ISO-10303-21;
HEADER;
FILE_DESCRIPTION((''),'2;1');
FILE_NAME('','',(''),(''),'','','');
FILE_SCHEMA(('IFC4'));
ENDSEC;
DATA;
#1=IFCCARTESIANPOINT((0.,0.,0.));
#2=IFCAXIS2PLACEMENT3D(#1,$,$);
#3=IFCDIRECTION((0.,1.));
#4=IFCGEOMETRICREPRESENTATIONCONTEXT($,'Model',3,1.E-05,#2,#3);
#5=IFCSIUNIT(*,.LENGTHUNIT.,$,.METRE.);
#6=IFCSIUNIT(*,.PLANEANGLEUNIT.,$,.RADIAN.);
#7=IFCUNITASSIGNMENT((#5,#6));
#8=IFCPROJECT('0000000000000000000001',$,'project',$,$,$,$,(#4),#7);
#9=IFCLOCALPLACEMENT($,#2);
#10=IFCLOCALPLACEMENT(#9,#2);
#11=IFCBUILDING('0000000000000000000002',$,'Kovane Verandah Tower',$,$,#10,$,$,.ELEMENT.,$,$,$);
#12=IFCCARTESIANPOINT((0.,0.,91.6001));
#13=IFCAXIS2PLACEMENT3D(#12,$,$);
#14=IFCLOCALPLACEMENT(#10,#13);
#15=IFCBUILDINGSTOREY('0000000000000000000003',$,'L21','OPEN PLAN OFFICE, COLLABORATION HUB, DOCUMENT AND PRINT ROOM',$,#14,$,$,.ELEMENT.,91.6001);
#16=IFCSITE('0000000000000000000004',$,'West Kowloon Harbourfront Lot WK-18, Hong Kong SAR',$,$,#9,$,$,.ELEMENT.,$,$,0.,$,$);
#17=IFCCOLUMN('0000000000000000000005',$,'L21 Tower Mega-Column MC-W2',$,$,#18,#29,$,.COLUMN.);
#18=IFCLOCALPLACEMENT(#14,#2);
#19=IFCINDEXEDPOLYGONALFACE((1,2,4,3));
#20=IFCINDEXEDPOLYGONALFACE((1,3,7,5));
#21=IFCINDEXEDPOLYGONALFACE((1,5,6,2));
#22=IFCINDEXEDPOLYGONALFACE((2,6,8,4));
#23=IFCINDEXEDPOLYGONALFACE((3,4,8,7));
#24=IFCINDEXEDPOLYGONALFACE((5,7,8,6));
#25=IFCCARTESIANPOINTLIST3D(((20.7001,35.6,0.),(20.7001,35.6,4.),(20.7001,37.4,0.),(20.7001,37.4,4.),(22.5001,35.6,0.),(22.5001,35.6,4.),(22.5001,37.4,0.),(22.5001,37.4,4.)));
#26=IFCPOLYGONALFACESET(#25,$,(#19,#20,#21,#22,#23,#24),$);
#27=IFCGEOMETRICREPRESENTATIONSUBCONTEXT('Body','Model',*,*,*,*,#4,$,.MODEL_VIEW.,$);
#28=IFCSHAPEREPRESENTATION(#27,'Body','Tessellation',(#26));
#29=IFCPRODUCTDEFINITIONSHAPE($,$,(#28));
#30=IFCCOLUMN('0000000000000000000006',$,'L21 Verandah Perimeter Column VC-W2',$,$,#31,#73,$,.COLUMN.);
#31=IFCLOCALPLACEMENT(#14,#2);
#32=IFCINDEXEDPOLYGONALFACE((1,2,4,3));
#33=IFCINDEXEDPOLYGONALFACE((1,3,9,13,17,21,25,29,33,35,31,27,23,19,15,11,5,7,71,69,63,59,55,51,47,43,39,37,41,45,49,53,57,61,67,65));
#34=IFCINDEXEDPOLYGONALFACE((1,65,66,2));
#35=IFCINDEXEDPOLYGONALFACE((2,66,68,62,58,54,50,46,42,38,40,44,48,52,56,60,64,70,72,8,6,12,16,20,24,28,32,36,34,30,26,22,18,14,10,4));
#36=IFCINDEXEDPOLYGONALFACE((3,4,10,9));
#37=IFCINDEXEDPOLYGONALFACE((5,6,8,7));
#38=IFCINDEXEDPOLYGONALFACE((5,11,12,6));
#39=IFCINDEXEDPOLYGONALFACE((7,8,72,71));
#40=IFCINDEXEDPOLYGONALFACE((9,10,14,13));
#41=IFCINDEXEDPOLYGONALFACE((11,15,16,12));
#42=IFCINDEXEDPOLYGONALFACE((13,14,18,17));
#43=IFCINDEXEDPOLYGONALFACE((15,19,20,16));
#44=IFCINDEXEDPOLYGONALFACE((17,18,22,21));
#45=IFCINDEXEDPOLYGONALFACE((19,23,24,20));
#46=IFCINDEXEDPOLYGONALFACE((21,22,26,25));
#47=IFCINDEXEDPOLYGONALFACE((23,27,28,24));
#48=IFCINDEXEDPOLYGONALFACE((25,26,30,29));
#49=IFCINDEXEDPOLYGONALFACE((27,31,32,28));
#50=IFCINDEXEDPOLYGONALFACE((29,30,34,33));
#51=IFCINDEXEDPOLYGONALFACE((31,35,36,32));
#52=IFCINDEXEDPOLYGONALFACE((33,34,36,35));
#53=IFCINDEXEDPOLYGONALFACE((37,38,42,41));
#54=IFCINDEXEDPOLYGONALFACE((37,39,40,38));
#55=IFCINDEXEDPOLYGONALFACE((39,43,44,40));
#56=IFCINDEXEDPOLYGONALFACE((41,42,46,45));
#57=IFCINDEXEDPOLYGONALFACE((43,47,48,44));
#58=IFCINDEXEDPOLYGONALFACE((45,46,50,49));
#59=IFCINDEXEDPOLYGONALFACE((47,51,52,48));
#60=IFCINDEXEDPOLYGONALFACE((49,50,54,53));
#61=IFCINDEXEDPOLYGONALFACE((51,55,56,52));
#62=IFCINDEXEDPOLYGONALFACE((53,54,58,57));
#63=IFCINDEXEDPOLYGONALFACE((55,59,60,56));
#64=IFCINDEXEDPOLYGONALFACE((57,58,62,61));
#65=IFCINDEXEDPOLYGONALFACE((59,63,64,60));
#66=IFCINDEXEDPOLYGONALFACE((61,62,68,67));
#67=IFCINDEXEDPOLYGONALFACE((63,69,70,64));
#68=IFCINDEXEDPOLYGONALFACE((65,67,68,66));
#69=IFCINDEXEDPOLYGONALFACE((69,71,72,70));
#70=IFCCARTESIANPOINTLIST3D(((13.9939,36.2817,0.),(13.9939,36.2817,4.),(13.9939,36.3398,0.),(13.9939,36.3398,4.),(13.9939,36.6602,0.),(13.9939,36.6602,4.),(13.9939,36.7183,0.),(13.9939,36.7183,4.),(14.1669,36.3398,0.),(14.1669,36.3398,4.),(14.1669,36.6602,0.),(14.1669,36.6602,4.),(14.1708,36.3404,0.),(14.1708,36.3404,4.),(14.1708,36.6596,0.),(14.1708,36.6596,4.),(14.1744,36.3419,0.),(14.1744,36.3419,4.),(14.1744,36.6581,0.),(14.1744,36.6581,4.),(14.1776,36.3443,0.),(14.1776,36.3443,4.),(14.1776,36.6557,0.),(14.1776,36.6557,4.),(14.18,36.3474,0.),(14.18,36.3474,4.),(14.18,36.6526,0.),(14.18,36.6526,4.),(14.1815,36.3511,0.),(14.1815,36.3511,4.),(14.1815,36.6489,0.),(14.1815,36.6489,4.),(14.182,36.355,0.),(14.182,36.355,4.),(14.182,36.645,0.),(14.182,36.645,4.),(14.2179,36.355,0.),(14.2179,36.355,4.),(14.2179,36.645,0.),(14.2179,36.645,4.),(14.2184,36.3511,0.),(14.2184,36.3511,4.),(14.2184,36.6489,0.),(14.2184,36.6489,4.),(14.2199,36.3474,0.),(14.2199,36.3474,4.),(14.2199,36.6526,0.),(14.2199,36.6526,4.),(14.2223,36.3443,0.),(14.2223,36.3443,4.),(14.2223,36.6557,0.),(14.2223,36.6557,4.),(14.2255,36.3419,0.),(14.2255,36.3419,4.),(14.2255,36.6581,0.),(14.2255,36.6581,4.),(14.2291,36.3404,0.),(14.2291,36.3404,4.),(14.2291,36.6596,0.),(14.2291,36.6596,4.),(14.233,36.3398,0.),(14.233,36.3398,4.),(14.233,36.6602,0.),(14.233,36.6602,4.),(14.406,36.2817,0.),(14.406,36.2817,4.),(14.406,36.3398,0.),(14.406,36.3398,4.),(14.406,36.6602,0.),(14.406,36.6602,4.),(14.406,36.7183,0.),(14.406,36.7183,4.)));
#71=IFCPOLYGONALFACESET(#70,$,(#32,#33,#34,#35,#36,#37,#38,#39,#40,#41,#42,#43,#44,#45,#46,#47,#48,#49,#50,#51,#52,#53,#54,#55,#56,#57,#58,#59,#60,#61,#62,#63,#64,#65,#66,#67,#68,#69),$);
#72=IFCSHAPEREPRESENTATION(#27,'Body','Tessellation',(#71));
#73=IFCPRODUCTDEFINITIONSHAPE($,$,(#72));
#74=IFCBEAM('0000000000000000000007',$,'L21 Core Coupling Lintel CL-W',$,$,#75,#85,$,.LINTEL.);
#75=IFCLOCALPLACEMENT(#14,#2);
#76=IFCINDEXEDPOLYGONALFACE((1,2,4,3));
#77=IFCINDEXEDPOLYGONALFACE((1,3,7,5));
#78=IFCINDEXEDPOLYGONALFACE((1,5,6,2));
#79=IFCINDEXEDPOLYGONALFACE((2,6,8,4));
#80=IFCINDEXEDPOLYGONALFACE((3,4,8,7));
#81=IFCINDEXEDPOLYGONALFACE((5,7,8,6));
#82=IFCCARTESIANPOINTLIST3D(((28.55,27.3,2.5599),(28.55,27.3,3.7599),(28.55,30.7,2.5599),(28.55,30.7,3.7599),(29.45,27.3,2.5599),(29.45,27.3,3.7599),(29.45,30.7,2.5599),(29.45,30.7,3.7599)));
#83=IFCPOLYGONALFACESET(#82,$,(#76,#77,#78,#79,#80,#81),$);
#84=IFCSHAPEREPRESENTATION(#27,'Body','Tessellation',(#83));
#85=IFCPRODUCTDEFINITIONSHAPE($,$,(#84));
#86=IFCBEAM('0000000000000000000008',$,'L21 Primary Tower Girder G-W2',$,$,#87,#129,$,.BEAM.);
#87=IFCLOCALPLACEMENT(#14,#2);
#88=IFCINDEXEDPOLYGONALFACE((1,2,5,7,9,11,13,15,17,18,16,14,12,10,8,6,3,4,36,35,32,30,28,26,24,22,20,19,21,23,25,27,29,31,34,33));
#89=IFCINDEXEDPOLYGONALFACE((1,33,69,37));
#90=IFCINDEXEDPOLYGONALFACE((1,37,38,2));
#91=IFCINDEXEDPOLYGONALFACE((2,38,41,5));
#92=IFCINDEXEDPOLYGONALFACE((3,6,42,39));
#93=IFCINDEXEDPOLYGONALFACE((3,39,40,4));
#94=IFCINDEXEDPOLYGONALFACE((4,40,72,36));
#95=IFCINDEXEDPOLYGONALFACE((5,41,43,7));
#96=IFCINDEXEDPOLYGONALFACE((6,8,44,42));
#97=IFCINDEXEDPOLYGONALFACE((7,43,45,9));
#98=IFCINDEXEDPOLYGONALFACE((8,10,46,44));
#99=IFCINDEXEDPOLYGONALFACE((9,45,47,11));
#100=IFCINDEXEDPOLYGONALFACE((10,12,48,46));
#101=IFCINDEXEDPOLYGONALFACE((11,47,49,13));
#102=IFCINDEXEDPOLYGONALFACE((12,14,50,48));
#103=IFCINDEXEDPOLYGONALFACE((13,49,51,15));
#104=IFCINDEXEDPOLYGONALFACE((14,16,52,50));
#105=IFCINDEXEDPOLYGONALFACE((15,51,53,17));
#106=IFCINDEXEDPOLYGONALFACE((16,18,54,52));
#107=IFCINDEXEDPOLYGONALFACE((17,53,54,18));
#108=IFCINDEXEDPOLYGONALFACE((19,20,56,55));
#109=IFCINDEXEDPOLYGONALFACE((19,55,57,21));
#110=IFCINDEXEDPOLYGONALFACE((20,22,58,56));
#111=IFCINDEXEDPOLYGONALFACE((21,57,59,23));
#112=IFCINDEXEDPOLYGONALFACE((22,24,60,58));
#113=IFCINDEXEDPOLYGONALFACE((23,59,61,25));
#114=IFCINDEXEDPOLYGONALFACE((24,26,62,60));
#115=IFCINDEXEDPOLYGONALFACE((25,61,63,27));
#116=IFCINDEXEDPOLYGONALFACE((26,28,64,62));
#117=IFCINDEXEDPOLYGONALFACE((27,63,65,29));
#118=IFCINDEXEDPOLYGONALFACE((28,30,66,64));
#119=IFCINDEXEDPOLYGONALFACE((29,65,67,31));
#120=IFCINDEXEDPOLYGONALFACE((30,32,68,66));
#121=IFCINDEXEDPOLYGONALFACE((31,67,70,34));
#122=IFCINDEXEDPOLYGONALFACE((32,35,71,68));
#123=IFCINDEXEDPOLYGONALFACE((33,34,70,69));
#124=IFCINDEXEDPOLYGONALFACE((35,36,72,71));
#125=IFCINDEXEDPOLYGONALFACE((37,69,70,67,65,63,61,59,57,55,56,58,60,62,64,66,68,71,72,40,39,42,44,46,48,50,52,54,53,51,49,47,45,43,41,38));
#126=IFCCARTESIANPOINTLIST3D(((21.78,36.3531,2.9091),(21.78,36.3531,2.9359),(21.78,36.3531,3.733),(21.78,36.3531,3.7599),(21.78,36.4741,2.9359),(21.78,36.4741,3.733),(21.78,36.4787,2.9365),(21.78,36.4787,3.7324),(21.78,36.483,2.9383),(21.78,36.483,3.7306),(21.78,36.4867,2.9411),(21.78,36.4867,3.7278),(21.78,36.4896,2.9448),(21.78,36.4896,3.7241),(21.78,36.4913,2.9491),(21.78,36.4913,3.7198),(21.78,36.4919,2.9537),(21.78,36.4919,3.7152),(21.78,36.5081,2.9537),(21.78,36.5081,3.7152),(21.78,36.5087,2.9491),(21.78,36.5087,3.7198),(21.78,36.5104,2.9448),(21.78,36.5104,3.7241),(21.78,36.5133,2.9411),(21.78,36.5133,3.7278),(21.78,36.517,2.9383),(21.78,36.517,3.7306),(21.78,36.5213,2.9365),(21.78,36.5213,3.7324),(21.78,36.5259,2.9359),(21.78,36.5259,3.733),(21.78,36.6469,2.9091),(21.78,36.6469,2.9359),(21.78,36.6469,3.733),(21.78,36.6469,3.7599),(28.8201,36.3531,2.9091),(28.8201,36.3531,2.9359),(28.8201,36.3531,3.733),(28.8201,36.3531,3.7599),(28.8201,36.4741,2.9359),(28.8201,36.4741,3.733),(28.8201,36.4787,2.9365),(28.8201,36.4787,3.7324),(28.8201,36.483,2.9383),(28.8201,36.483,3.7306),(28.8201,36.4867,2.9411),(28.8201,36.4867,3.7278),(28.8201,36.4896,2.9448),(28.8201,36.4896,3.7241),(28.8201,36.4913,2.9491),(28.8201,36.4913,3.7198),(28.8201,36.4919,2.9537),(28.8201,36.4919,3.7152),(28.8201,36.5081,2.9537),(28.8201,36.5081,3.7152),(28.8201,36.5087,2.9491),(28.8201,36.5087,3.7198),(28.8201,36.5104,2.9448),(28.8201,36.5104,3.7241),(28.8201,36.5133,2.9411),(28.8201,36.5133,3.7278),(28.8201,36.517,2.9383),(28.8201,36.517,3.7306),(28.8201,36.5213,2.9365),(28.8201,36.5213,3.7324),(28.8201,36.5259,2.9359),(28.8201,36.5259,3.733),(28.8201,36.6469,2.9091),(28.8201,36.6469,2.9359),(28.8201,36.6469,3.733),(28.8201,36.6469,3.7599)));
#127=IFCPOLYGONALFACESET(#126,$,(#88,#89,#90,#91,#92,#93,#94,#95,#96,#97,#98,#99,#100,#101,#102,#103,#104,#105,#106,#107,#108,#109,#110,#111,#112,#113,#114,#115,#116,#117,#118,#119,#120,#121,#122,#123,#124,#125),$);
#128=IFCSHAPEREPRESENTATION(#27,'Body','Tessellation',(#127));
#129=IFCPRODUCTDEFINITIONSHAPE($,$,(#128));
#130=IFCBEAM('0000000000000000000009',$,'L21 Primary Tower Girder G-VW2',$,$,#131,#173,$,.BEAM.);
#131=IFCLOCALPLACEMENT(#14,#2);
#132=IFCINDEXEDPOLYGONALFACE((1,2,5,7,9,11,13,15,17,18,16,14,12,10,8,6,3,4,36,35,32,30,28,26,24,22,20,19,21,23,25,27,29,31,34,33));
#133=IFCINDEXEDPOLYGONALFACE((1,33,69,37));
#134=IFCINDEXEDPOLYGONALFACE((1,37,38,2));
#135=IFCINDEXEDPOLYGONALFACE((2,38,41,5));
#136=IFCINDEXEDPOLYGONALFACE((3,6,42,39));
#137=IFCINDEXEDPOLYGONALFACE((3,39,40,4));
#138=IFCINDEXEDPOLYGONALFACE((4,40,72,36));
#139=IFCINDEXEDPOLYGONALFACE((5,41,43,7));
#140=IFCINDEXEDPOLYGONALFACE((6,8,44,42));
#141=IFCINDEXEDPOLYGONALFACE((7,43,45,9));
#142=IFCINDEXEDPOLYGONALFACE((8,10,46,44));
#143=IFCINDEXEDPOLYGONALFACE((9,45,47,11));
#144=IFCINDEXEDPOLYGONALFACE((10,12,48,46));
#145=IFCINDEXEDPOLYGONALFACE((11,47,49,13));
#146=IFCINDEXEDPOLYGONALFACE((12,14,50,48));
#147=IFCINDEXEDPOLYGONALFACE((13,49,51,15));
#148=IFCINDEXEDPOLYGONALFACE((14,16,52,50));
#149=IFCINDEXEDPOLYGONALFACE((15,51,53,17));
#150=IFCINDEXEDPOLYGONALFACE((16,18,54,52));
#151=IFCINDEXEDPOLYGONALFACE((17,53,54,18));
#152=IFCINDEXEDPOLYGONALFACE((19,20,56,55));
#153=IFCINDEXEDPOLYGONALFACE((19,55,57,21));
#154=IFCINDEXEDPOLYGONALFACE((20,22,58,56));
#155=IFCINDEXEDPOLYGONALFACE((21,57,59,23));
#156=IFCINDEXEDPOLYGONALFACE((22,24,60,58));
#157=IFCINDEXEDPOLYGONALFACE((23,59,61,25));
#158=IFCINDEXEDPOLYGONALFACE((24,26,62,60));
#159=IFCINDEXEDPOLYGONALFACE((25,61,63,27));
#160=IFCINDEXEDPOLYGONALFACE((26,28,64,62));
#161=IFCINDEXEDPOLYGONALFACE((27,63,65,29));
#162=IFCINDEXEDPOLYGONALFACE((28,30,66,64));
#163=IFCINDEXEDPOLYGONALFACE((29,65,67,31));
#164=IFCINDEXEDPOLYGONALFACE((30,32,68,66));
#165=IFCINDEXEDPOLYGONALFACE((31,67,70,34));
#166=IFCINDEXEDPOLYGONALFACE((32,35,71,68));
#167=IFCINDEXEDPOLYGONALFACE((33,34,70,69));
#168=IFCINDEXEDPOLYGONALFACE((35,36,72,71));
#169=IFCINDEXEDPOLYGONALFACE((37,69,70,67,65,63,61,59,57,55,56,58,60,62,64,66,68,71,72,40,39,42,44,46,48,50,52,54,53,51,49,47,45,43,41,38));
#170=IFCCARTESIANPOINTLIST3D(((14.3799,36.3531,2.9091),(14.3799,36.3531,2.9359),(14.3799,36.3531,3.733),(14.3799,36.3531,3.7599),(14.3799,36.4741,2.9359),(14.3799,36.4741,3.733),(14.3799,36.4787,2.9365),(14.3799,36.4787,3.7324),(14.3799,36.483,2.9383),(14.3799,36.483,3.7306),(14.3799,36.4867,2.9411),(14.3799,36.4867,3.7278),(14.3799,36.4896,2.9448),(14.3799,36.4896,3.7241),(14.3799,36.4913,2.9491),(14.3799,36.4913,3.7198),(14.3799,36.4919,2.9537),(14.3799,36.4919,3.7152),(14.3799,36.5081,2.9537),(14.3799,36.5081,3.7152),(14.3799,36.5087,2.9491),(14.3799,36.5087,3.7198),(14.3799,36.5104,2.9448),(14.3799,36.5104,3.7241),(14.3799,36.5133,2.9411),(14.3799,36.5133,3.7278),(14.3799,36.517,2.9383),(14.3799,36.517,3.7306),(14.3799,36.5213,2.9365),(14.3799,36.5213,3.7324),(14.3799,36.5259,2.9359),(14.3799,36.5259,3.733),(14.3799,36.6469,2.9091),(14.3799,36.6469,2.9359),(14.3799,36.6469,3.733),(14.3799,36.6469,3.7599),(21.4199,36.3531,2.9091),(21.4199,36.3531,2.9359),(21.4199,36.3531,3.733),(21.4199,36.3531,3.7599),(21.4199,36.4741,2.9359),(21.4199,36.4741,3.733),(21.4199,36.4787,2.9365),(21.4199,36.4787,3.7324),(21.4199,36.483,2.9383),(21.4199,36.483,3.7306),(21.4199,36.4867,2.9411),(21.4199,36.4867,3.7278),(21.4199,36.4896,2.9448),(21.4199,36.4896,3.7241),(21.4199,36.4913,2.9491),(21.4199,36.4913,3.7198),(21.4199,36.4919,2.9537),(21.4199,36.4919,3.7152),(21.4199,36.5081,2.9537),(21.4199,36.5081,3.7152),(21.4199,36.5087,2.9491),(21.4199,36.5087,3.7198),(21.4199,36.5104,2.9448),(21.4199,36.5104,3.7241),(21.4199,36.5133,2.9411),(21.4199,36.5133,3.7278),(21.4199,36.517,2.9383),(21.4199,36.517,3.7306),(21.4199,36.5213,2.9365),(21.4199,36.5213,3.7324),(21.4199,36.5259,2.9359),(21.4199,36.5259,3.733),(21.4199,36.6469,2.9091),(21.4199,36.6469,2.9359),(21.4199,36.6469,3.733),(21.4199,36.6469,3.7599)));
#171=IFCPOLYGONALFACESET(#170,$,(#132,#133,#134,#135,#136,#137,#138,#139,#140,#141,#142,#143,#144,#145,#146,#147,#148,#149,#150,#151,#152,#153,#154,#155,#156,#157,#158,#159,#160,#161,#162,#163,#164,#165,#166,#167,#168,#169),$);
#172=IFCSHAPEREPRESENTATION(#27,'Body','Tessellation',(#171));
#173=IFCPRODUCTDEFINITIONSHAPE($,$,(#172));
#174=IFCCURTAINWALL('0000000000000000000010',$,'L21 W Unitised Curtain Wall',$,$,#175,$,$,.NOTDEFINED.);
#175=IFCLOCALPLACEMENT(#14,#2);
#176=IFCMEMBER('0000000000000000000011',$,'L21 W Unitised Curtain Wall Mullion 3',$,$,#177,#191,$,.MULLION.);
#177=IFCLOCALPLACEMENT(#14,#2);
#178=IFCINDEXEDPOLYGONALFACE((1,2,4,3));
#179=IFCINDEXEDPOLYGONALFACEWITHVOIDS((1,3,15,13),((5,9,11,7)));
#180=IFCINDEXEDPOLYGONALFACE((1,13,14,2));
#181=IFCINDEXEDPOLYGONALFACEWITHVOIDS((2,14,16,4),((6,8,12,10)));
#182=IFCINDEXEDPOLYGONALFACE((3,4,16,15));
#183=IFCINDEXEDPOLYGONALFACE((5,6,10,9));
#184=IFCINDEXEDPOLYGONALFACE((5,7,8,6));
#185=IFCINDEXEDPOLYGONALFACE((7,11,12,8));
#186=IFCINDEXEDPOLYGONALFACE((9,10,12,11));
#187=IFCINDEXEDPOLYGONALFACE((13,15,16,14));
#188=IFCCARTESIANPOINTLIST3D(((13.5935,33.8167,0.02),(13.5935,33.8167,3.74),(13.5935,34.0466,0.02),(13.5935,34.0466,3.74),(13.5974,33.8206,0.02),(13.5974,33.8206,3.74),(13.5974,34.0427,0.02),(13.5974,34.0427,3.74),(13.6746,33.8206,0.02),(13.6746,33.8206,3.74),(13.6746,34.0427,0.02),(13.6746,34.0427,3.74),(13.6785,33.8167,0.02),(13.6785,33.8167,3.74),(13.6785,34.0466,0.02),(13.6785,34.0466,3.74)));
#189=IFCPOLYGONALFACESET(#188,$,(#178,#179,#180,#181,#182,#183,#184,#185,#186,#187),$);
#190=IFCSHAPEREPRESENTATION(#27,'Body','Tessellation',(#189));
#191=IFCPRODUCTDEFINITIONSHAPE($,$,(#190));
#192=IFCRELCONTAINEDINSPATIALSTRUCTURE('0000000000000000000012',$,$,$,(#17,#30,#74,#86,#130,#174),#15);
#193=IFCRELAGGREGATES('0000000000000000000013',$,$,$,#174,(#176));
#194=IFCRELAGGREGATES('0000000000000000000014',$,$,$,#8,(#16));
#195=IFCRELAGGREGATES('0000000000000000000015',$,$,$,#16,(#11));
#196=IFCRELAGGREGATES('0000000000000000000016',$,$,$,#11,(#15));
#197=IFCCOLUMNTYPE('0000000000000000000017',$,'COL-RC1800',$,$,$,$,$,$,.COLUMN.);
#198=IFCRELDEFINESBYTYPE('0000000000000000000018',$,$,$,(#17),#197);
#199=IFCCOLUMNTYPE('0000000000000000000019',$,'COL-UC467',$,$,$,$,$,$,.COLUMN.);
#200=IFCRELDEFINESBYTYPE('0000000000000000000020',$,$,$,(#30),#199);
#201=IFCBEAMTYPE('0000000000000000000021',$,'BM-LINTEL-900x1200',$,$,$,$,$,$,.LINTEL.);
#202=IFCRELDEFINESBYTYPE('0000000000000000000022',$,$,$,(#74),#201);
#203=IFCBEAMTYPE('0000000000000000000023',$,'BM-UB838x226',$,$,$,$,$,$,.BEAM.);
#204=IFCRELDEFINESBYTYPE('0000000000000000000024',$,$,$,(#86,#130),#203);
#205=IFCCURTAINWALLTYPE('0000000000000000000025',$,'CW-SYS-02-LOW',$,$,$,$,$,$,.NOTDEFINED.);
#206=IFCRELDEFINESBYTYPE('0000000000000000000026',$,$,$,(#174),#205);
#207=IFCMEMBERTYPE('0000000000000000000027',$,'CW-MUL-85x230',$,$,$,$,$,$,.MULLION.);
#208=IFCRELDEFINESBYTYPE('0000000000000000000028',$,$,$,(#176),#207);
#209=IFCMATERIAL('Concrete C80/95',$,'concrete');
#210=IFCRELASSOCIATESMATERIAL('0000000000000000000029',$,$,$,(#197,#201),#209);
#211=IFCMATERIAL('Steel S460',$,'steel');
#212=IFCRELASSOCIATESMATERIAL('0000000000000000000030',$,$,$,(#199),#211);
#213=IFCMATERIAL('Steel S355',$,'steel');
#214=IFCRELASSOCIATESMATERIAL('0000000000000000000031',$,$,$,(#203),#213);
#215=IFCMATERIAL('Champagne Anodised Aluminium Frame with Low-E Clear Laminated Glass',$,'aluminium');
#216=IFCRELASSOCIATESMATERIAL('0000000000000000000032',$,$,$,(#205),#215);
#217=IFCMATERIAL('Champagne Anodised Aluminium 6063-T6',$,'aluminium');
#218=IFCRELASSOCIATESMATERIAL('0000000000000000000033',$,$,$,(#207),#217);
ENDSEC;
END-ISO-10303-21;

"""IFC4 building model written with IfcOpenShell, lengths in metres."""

from ifc_helpers import new_model, si_unit, direction, frame, origin, origin_2d, place, context, subcontext, project, spatial, rectangle, hollow_rectangle, i_section, extrude, material, material_profile, profile_set, type_object, element, aggregate, save


model = new_model("IFC4")

# Units and contexts
model_context = context("Model", 3, precision=1e-05, world=origin(), true_north=direction((0.0, 1.0)))
body_context = subcontext(model_context, "Body", "Model", "MODEL_VIEW")
ifc_project = project(units=[si_unit("LENGTHUNIT", "METRE"), si_unit("PLANEANGLEUNIT", "RADIAN")], contexts=[model_context])

# Site, building, storey
site_placement = place(None, origin())
site = spatial("IfcSite", under=ifc_project, at=site_placement, Name="West Kowloon Harbourfront Lot WK-18, Hong Kong SAR", CompositionType="ELEMENT", RefElevation=0.0)
building_placement = place(site_placement, origin())
building = spatial("IfcBuilding", under=site, at=building_placement, Name="Kovane Verandah Tower", CompositionType="ELEMENT")
storey_placement = place(building_placement, frame((0.0, 0.0, 91.6001)))
storey = spatial("IfcBuildingStorey", under=building, at=storey_placement, Name="L21", Description="OPEN PLAN OFFICE, COLLABORATION HUB, DOCUMENT AND PRINT ROOM", CompositionType="ELEMENT", Elevation=91.6001)

# Columns
ifc_material_1 = material(Name="Concrete C80/95", Category="concrete")
ifc_material_profile_1 = material_profile(ifc_material_1, rectangle(XDim=1.8, YDim=1.8, at=origin_2d()), Name="RC1800x1800")
ifc_profile_set_1 = profile_set([ifc_material_profile_1], Name="Concrete C80/95")
column_type_1 = type_object("IfcColumnType", Name="COL-RC1800", PredefinedType="COLUMN", material=ifc_profile_set_1)
column_1_placement = place(storey_placement, frame((21.6001, 36.5, 0.0), z_axis=(0.0, 0.0, 1.0), x_axis=(1.0, 0.0, 0.0)))
element("IfcColumn", 1, at=column_1_placement, inside=storey, type_object=column_type_1, Name="L21 Tower Mega-Column MC-W2", PredefinedType="COLUMN", context=body_context, shape_type="SweptSolid", body=[
    extrude(rectangle(XDim=1.8, YDim=1.8, at=origin_2d()), origin(), (0.0, 0.0, 1.0), 4.0),
])
ifc_material_2 = material(Name="Steel S460", Category="steel")
ifc_material_profile_2 = material_profile(ifc_material_2, i_section(OverallWidth=0.4121, OverallDepth=0.4365, WebThickness=0.0359, FlangeThickness=0.0581, FilletRadius=0.0151, at=origin_2d()), Name="UC356x406x467")
ifc_profile_set_2 = profile_set([ifc_material_profile_2], Name="Steel S460")
column_type_2 = type_object("IfcColumnType", Name="COL-UC467", PredefinedType="COLUMN", material=ifc_profile_set_2)
column_2_placement = place(storey_placement, frame((14.2, 36.5, 0.0), z_axis=(0.0, 0.0, 1.0), x_axis=(1.0, 0.0, 0.0)))
element("IfcColumn", 2, at=column_2_placement, inside=storey, type_object=column_type_2, Name="L21 Verandah Perimeter Column VC-W2", PredefinedType="COLUMN", context=body_context, shape_type="SweptSolid", body=[
    extrude(i_section(OverallWidth=0.4121, OverallDepth=0.4365, WebThickness=0.0359, FlangeThickness=0.0581, FilletRadius=0.0151, at=origin_2d()), origin(), (0.0, 0.0, 1.0), 4.0),
])

# Beams
ifc_material_profile_3 = material_profile(ifc_material_1, rectangle(XDim=0.8999, YDim=1.2, at=origin_2d()), Name="RCB900x1200")
ifc_profile_set_3 = profile_set([ifc_material_profile_3], Name="Concrete C80/95")
beam_type_1 = type_object("IfcBeamType", Name="BM-LINTEL-900x1200", PredefinedType="LINTEL", material=ifc_profile_set_3)
beam_placement = place(storey_placement, frame((29.0, 27.3, 3.1599), z_axis=(0.0, 1.0, 0.0), x_axis=(-1.0, 0.0, 0.0)))
element("IfcBeam", 3, at=beam_placement, inside=storey, type_object=beam_type_1, Name="L21 Core Coupling Lintel CL-W", PredefinedType="LINTEL", context=body_context, shape_type="SweptSolid", body=[
    extrude(rectangle(XDim=0.8999, YDim=1.2, at=origin_2d()), origin(), (0.0, 0.0, 1.0), 3.3999),
])
ifc_material_3 = material(Name="Steel S355", Category="steel")
ifc_material_profile_4 = material_profile(ifc_material_3, i_section(OverallWidth=0.2937, OverallDepth=0.8508, WebThickness=0.0161, FlangeThickness=0.0269, FilletRadius=0.0178, at=origin_2d()), Name="UB838x292x226")
ifc_profile_set_4 = profile_set([ifc_material_profile_4], Name="Steel S355")
beam_type_2 = type_object("IfcBeamType", Name="BM-UB838x226", PredefinedType="BEAM", material=ifc_profile_set_4)
for number, where, z_axis, x_axis, name in (
    (4, (28.8201, 36.5, 3.3345), (-1.0, 0.0, 0.0), (0.0, -1.0, 0.0), "L21 Primary Tower Girder G-W2"),
    (5, (21.4199, 36.5, 3.3345), (-1.0, 0.0, 0.0), (0.0, -1.0, 0.0), "L21 Primary Tower Girder G-VW2"),
):
    element("IfcBeam", number, at=place(storey_placement, frame(where, z_axis=z_axis, x_axis=x_axis)), inside=storey, type_object=beam_type_2, Name=name, PredefinedType="BEAM", context=body_context, shape_type="SweptSolid", body=[
        extrude(i_section(OverallWidth=0.2937, OverallDepth=0.8508, WebThickness=0.0161, FlangeThickness=0.0269, FilletRadius=0.0178, at=origin_2d()), origin(), (0.0, 0.0, 1.0), 7.04),
    ])

# Curtain wall, member
ifc_material_4 = material(Name="Champagne Anodised Aluminium Frame with Low-E Clear Laminated Glass", Category="aluminium")
curtain_wall_type = type_object("IfcCurtainWallType", Name="CW-SYS-02-LOW", PredefinedType="NOTDEFINED", material=ifc_material_4)
curtain_wall_placement = place(storey_placement, origin())
curtain_wall = element("IfcCurtainWall", 6, at=curtain_wall_placement, inside=storey, type_object=curtain_wall_type, Name="L21 W Unitised Curtain Wall", PredefinedType="NOTDEFINED")
ifc_material_5 = material(Name="Champagne Anodised Aluminium 6063-T6", Category="aluminium")
ifc_material_profile_5 = material_profile(ifc_material_5, hollow_rectangle(XDim=0.085, YDim=0.23, WallThickness=0.0039, at=origin_2d()), Name="AL85x230x4")
ifc_profile_set_5 = profile_set([ifc_material_profile_5], Name="Champagne Anodised Aluminium 6063-T6")
member_type_1 = type_object("IfcMemberType", Name="CW-MUL-85x230", PredefinedType="MULLION", material=ifc_profile_set_5)
member_1_placement = place(storey_placement, frame((13.636, 33.9316, 0.02), z_axis=(0.0, 0.0, 1.0), x_axis=(-1.0, 0.0, 0.0)))
member_1 = element("IfcMember", 7, at=member_1_placement, type_object=member_type_1, Name="L21 W Unitised Curtain Wall Mullion 3", PredefinedType="MULLION", context=body_context, shape_type="SweptSolid", body=[
    extrude(hollow_rectangle(XDim=0.085, YDim=0.23, WallThickness=0.0039, at=origin_2d()), origin(), (0.0, 0.0, 1.0), 3.72),
])
aggregate(curtain_wall, [member_1])

save(model, "model.ifc")
